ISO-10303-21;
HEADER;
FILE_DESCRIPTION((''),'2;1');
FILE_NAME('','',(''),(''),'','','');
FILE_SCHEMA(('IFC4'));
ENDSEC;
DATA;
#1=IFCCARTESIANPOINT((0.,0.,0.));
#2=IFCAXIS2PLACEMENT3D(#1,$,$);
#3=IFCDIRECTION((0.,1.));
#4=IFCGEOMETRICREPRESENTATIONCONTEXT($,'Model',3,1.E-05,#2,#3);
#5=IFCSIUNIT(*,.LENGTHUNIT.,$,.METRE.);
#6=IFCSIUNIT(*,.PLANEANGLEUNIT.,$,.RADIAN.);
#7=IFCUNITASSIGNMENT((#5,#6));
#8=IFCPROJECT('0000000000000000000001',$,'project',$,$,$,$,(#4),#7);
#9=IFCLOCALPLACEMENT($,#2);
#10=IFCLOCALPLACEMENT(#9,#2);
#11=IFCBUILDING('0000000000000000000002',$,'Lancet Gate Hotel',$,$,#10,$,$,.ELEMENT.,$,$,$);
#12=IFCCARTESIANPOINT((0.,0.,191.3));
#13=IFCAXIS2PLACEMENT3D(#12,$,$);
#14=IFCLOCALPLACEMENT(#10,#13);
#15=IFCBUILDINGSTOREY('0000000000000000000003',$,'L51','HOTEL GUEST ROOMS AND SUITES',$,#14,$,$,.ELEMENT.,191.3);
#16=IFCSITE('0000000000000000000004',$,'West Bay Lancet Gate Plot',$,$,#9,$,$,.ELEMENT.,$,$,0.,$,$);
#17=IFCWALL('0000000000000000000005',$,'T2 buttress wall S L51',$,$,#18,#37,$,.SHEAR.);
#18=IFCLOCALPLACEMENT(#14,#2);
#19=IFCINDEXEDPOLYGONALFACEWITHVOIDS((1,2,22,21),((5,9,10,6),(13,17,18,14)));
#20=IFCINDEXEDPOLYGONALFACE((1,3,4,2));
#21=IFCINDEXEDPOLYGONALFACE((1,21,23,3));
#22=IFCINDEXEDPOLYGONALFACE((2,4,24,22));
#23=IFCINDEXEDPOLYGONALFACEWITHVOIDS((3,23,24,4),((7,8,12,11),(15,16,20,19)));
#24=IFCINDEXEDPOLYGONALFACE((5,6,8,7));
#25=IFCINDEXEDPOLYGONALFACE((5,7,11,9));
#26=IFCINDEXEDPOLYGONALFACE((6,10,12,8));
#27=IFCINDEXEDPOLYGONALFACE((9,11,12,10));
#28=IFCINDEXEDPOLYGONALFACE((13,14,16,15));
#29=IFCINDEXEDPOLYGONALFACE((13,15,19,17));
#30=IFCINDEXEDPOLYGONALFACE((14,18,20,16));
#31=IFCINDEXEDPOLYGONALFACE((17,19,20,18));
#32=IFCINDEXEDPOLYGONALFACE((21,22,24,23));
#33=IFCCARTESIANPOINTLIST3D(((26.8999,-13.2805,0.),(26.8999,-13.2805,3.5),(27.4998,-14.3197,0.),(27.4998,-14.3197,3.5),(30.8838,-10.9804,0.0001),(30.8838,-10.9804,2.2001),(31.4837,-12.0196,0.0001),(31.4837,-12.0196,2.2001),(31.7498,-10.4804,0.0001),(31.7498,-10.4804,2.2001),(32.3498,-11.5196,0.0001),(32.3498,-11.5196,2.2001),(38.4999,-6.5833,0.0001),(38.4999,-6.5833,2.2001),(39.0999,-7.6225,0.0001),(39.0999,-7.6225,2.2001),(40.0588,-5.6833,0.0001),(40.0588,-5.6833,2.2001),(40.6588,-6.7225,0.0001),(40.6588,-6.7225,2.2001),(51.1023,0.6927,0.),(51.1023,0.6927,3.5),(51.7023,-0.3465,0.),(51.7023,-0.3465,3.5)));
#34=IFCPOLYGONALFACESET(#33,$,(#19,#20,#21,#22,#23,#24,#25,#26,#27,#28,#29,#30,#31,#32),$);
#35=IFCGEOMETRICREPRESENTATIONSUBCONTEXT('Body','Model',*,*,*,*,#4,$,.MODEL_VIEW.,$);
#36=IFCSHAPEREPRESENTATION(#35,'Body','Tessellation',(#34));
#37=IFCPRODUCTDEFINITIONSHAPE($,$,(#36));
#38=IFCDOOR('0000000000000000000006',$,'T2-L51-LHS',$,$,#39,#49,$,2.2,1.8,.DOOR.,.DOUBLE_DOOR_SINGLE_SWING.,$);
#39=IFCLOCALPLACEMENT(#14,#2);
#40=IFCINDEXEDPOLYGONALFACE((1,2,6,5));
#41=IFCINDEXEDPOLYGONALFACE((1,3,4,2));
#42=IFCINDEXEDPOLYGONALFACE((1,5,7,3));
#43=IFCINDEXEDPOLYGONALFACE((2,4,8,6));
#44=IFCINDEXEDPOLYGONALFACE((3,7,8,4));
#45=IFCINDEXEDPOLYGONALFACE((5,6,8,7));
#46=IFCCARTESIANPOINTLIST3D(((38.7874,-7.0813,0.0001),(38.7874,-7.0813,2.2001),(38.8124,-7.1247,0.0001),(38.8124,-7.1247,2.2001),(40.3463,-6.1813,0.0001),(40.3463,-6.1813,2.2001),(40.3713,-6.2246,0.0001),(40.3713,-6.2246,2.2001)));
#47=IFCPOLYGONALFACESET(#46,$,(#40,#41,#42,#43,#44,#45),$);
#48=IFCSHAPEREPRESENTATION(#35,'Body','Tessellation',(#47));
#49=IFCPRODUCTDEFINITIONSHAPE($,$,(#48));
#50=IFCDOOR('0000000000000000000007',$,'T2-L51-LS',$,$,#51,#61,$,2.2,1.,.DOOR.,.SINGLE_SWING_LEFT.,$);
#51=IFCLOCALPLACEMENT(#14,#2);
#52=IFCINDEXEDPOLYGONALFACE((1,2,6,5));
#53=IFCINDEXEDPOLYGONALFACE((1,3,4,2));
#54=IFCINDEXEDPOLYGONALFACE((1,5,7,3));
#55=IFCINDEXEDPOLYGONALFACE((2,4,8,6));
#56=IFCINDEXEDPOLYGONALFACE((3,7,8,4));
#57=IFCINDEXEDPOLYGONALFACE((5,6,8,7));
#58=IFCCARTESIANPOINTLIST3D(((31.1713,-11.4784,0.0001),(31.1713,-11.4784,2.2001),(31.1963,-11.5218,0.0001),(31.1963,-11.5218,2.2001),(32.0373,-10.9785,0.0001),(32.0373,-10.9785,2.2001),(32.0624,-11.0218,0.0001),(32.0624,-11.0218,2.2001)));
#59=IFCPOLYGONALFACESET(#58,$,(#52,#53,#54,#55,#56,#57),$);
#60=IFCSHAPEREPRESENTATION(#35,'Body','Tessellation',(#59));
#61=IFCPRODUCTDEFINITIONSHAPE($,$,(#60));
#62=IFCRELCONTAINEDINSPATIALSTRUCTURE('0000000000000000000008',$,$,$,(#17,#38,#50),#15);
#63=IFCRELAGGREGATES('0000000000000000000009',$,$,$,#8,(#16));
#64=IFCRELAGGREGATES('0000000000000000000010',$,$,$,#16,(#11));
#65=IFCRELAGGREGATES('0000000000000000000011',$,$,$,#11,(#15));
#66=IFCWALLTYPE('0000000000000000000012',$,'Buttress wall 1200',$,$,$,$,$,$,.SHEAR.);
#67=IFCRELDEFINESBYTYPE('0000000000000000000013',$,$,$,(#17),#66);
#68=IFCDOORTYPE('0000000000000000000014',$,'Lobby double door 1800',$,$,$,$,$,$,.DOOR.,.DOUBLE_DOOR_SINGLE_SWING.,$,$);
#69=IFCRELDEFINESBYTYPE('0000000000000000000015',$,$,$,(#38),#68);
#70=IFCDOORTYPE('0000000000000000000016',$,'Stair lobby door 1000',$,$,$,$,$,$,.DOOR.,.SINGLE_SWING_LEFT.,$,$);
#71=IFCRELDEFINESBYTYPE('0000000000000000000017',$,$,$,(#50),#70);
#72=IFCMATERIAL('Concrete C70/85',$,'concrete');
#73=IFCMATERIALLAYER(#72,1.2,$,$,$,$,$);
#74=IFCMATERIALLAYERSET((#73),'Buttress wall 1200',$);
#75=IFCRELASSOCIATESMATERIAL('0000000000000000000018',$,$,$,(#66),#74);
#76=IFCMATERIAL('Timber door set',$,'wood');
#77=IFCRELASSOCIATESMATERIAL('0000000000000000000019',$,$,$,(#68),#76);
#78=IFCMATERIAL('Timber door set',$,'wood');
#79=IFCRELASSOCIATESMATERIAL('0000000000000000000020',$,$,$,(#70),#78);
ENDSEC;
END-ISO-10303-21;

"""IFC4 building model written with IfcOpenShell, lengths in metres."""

from ifc_helpers import new_model, si_unit, direction, frame, frame_2d, origin, place, context, subcontext, project, spatial, rectangle, extrude, material, layer, layer_set, type_object, element, fill, save


model = new_model("IFC4")

# Units and contexts
model_context = context("Model", 3, precision=1e-05, world=origin(), true_north=direction((0.0, 1.0)))
body_context = subcontext(model_context, "Body", "Model", "MODEL_VIEW")
ifc_project = project(units=[si_unit("LENGTHUNIT", "METRE"), si_unit("PLANEANGLEUNIT", "RADIAN")], contexts=[model_context])

# Site, building, storey
site_placement = place(None, origin())
site = spatial("IfcSite", under=ifc_project, at=site_placement, Name="West Bay Lancet Gate Plot", CompositionType="ELEMENT", RefElevation=0.0)
building_placement = place(site_placement, origin())
building = spatial("IfcBuilding", under=site, at=building_placement, Name="Lancet Gate Hotel", CompositionType="ELEMENT")
storey_placement = place(building_placement, frame((0.0, 0.0, 191.3)))
storey = spatial("IfcBuildingStorey", under=building, at=storey_placement, Name="L51", Description="HOTEL GUEST ROOMS AND SUITES", CompositionType="ELEMENT", Elevation=191.3)

# Wall, openings, doors
ifc_material_1 = material(Name="Concrete C70/85", Category="concrete")
ifc_layer_1 = layer(ifc_material_1, 1.2)
ifc_layer_set_1 = layer_set([ifc_layer_1], Name="Buttress wall 1200")
wall_type = type_object("IfcWallType", Name="Buttress wall 1200", PredefinedType="SHEAR", material=ifc_layer_set_1)
wall_placement = place(storey_placement, frame((27.2, -13.8, 0.0), z_axis=(0.0, 0.0, 1.0), x_axis=(0.866027, 0.499997, 0.0)))
wall = element("IfcWall", 1, at=wall_placement, inside=storey, type_object=wall_type, Name="T2 buttress wall S L51", PredefinedType="SHEAR", context=body_context, shape_type="SweptSolid", body=[
    extrude(rectangle(XDim=27.9465, YDim=1.2, at=frame_2d((13.9731, 0.0))), origin(), (0.0, 0.0, 1.0), 3.5),
])
opening_1_placement = place(wall_placement, frame((4.6001, 0.0, 0.0)))
opening_1 = element("IfcOpeningElement", 2, at=opening_1_placement, cuts=wall, PredefinedType="OPENING", context=body_context, shape_type="SweptSolid", body=[
    extrude(rectangle(XDim=1.0, YDim=2.2, at=frame_2d((0.5, 1.1001))), frame((0.0, 0.6099, 0.0), z_axis=(0.0, -1.0, 0.0), x_axis=(1.0, 0.0, 0.0)), (0.0, 0.0, 1.0), 1.22),
])
opening_2_placement = place(wall_placement, frame((13.3945, 0.0, 0.0)))
opening_2 = element("IfcOpeningElement", 3, at=opening_2_placement, cuts=wall, PredefinedType="OPENING", context=body_context, shape_type="SweptSolid", body=[
    extrude(rectangle(XDim=1.8, YDim=2.2, at=frame_2d((0.8999, 1.1001))), frame((0.0, 0.6099, 0.0), z_axis=(0.0, -1.0, 0.0), x_axis=(1.0, 0.0, 0.0)), (0.0, 0.0, 1.0), 1.22),
])
ifc_material_2 = material(Name="Timber door set", Category="wood")
door_type_1 = type_object("IfcDoorType", Name="Lobby double door 1800", OperationType="DOUBLE_DOOR_SINGLE_SWING", PredefinedType="DOOR", material=ifc_material_2)
door_1_placement = place(opening_2_placement, origin())
door_1 = element("IfcDoor", 4, at=door_1_placement, inside=storey, type_object=door_type_1, Name="T2-L51-LHS", OperationType="DOUBLE_DOOR_SINGLE_SWING", OverallHeight=2.2, OverallWidth=1.8, PredefinedType="DOOR", context=body_context, shape_type="SweptSolid", body=[
    extrude(rectangle(XDim=1.8, YDim=2.2, at=frame_2d((0.8999, 1.1001))), frame((0.0, 0.0249, 0.0), z_axis=(0.0, -1.0, 0.0), x_axis=(1.0, 0.0, 0.0)), (0.0, 0.0, 1.0), 0.05),
])
fill(opening_2, door_1)
ifc_material_3 = material(Name="Timber door set", Category="wood")
door_type_2 = type_object("IfcDoorType", Name="Stair lobby door 1000", OperationType="SINGLE_SWING_LEFT", PredefinedType="DOOR", material=ifc_material_3)
door_2_placement = place(opening_1_placement, origin())
door_2 = element("IfcDoor", 5, at=door_2_placement, inside=storey, type_object=door_type_2, Name="T2-L51-LS", OperationType="SINGLE_SWING_LEFT", OverallHeight=2.2, OverallWidth=1.0, PredefinedType="DOOR", context=body_context, shape_type="SweptSolid", body=[
    extrude(rectangle(XDim=1.0, YDim=2.2, at=frame_2d((0.5, 1.1001))), frame((0.0, 0.0249, 0.0), z_axis=(0.0, -1.0, 0.0), x_axis=(1.0, 0.0, 0.0)), (0.0, 0.0, 1.0), 0.05),
])
fill(opening_1, door_2)

save(model, "model.ifc")
